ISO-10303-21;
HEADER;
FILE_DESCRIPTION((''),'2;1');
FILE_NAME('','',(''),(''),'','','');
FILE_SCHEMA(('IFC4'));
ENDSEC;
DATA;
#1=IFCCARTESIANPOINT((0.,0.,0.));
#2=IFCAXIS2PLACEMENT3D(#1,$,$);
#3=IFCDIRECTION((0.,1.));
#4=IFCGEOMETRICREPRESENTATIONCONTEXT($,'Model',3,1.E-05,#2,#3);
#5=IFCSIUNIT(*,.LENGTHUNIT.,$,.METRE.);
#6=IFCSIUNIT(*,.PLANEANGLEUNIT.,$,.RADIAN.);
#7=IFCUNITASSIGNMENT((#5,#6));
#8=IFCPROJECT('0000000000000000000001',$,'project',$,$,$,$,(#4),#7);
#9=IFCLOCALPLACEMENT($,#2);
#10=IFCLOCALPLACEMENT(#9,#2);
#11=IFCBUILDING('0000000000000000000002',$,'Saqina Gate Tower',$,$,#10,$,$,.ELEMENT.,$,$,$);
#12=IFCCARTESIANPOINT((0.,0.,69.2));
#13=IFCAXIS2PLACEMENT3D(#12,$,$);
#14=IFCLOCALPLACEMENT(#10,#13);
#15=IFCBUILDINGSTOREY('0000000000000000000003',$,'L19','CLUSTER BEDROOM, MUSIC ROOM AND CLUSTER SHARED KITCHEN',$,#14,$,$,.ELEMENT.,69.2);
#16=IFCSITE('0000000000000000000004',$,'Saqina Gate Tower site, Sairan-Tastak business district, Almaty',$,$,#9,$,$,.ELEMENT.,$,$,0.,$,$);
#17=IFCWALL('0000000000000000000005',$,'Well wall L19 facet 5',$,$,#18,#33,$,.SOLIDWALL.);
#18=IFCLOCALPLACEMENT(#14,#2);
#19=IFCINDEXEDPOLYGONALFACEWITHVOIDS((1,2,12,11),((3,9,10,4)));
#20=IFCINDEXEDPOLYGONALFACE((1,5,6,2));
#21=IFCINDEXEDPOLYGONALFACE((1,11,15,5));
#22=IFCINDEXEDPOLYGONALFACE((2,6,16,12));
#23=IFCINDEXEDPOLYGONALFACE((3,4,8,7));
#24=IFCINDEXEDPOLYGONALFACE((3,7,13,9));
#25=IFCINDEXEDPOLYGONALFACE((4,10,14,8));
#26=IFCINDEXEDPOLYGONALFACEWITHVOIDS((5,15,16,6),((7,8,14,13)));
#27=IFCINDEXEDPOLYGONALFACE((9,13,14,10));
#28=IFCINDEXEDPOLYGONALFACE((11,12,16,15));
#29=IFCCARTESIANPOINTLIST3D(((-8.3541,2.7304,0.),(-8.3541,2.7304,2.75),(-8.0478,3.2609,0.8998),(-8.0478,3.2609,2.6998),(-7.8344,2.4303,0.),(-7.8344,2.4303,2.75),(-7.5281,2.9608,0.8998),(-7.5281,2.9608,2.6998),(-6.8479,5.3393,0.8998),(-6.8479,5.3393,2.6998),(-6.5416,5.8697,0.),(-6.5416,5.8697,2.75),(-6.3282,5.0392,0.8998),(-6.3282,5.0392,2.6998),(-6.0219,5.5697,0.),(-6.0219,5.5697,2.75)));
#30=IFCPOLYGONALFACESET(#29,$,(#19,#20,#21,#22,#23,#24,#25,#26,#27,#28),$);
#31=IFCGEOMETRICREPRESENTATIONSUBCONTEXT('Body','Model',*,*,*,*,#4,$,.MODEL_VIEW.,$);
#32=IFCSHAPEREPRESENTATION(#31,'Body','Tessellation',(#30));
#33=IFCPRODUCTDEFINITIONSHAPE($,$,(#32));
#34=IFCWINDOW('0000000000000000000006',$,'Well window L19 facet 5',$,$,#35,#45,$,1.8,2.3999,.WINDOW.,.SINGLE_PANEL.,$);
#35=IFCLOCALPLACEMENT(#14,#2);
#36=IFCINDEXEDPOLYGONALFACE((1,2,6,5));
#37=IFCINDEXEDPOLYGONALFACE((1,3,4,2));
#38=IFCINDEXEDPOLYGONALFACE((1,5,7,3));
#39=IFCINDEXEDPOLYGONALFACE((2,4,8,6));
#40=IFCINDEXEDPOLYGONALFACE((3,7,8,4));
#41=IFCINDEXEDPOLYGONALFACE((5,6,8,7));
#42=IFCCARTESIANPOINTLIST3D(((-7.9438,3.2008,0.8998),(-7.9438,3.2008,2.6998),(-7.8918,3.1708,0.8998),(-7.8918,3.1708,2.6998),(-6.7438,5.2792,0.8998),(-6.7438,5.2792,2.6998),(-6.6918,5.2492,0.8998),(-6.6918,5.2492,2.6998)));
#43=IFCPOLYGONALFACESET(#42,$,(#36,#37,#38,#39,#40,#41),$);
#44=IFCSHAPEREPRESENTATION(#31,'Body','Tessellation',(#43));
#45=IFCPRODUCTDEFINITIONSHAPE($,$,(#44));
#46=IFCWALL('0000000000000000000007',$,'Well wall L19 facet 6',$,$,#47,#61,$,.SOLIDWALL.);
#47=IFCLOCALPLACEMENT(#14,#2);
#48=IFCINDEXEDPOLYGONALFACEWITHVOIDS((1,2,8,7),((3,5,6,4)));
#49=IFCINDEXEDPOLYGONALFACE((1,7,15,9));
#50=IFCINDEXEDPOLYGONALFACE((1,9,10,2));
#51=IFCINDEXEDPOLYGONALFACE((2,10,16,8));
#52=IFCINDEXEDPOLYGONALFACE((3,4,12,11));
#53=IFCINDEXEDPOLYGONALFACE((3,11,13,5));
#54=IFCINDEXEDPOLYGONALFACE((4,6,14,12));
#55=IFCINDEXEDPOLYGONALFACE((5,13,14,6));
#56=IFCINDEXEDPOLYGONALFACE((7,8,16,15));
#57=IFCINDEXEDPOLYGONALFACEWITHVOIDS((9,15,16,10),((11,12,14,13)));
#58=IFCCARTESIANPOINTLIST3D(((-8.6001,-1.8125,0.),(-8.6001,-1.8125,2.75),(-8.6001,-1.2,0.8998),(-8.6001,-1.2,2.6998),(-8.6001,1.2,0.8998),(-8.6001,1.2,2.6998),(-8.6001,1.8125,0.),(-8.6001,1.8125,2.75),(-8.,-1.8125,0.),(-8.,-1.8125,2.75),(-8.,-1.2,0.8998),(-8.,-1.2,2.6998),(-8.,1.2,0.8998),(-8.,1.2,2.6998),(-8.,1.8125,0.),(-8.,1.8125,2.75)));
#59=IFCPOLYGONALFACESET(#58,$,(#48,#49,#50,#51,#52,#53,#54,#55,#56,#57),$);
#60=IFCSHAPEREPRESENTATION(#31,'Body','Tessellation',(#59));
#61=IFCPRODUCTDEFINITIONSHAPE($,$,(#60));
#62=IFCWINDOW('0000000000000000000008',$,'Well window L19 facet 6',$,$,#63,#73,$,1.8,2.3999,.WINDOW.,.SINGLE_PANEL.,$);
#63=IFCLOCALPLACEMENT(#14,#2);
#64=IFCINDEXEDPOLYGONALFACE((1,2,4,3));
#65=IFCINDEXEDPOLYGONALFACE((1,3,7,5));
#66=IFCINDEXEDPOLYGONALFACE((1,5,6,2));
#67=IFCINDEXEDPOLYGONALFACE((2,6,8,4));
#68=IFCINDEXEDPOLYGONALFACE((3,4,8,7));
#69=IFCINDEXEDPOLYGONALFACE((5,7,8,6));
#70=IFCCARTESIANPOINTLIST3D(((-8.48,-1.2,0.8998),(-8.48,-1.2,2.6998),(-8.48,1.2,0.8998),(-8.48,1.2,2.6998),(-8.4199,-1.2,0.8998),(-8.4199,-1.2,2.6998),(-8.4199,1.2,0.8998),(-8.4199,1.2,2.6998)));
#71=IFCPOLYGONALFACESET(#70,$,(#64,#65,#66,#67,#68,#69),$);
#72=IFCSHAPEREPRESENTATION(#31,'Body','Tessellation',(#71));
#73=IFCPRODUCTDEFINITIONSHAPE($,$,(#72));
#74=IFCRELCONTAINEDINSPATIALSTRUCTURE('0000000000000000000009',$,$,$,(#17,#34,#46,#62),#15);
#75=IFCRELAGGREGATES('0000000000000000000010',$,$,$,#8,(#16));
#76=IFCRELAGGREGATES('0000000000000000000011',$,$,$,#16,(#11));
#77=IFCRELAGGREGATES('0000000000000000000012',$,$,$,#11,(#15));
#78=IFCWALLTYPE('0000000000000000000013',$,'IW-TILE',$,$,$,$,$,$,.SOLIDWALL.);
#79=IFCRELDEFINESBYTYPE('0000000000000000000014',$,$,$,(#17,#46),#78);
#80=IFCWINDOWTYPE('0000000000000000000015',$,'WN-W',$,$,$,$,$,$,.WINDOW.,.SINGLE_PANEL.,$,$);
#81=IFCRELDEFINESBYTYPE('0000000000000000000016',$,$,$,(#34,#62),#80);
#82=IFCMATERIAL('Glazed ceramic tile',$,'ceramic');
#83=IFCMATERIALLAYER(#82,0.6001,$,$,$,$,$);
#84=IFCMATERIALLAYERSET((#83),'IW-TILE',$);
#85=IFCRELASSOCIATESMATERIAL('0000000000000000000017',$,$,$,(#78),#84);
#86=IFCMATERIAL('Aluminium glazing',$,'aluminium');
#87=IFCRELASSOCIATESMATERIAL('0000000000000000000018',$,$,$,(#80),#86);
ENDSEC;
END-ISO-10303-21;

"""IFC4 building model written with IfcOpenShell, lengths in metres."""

from ifc_helpers import new_model, si_unit, direction, frame, frame_2d, origin, place, context, subcontext, project, spatial, rectangle, extrude, material, layer, layer_set, type_object, element, fill, save


model = new_model("IFC4")

# Units and contexts
model_context = context("Model", 3, precision=1e-05, world=origin(), true_north=direction((0.0, 1.0)))
body_context = subcontext(model_context, "Body", "Model", "MODEL_VIEW")
ifc_project = project(units=[si_unit("LENGTHUNIT", "METRE"), si_unit("PLANEANGLEUNIT", "RADIAN")], contexts=[model_context])

# Site, building, storey
site_placement = place(None, origin())
site = spatial("IfcSite", under=ifc_project, at=site_placement, Name="Saqina Gate Tower site, Sairan-Tastak business district, Almaty", CompositionType="ELEMENT", RefElevation=0.0)
building_placement = place(site_placement, origin())
building = spatial("IfcBuilding", under=site, at=building_placement, Name="Saqina Gate Tower", CompositionType="ELEMENT")
storey_placement = place(building_placement, frame((0.0, 0.0, 69.2)))
storey = spatial("IfcBuildingStorey", under=building, at=storey_placement, Name="L19", Description="CLUSTER BEDROOM, MUSIC ROOM AND CLUSTER SHARED KITCHEN", CompositionType="ELEMENT", Elevation=69.2)

# Walls, openings, windows
ifc_material_1 = material(Name="Glazed ceramic tile", Category="ceramic")
ifc_layer = layer(ifc_material_1, 0.6001)
ifc_layer_set = layer_set([ifc_layer], Name="IW-TILE")
wall_type_1 = type_object("IfcWallType", Name="IW-TILE", PredefinedType="SOLIDWALL", material=ifc_layer_set)
wall_1_placement = place(storey_placement, frame((-6.2817, 5.7197, 0.0), z_axis=(0.0, 0.0, 1.0), x_axis=(-0.499993, -0.86603, 0.0)))
wall_1 = element("IfcWall", 1, at=wall_1_placement, inside=storey, type_object=wall_type_1, Name="Well wall L19 facet 5", PredefinedType="SOLIDWALL", context=body_context, shape_type="SweptSolid", body=[
    extrude(rectangle(XDim=3.625, YDim=0.6001, at=frame_2d((1.8125, 0.0))), origin(), (0.0, 0.0, 1.0), 2.75),
])
opening_1_placement = place(wall_1_placement, frame((0.6125, 0.0, 0.8999)))
opening_1 = element("IfcOpeningElement", 2, at=opening_1_placement, cuts=wall_1, PredefinedType="OPENING", context=body_context, shape_type="SweptSolid", body=[
    extrude(rectangle(XDim=2.3999, YDim=1.8, at=frame_2d((1.2, 0.8999))), frame((0.0, 0.312, 0.0), z_axis=(0.0, -1.0, 0.0), x_axis=(1.0, 0.0, 0.0)), (0.0, 0.0, 1.0), 0.624),
])
ifc_material_2 = material(Name="Aluminium glazing", Category="aluminium")
window_type = type_object("IfcWindowType", Name="WN-W", PartitioningType="SINGLE_PANEL", PredefinedType="WINDOW", material=ifc_material_2)
window_1_placement = place(opening_1_placement, origin())
window_1 = element("IfcWindow", 3, at=window_1_placement, inside=storey, type_object=window_type, Name="Well window L19 facet 5", OverallHeight=1.8, OverallWidth=2.3999, PartitioningType="SINGLE_PANEL", PredefinedType="WINDOW", context=body_context, shape_type="SweptSolid", body=[
    extrude(rectangle(XDim=2.3999, YDim=1.8, at=frame_2d((1.2, 0.8999))), frame((0.0, -0.1199, 0.0), z_axis=(0.0, -1.0, 0.0), x_axis=(1.0, 0.0, 0.0)), (0.0, 0.0, 1.0), 0.0601),
])
fill(opening_1, window_1)
wall_2_placement = place(storey_placement, frame((-8.3, 1.8125, 0.0), z_axis=(0.0, 0.0, 1.0), x_axis=(0.0, -1.0, 0.0)))
wall_2 = element("IfcWall", 4, at=wall_2_placement, inside=storey, type_object=wall_type_1, Name="Well wall L19 facet 6", PredefinedType="SOLIDWALL", context=body_context, shape_type="SweptSolid", body=[
    extrude(rectangle(XDim=3.625, YDim=0.6001, at=frame_2d((1.8125, 0.0))), origin(), (0.0, 0.0, 1.0), 2.75),
])
opening_2_placement = place(wall_2_placement, frame((0.6125, 0.0, 0.8999)))
opening_2 = element("IfcOpeningElement", 5, at=opening_2_placement, cuts=wall_2, PredefinedType="OPENING", context=body_context, shape_type="SweptSolid", body=[
    extrude(rectangle(XDim=2.3999, YDim=1.8, at=frame_2d((1.2, 0.8999))), frame((0.0, 0.312, 0.0), z_axis=(0.0, -1.0, 0.0), x_axis=(1.0, 0.0, 0.0)), (0.0, 0.0, 1.0), 0.624),
])
window_2_placement = place(opening_2_placement, origin())
window_2 = element("IfcWindow", 6, at=window_2_placement, inside=storey, type_object=window_type, Name="Well window L19 facet 6", OverallHeight=1.8, OverallWidth=2.3999, PartitioningType="SINGLE_PANEL", PredefinedType="WINDOW", context=body_context, shape_type="SweptSolid", body=[
    extrude(rectangle(XDim=2.3999, YDim=1.8, at=frame_2d((1.2, 0.8999))), frame((0.0, -0.1199, 0.0), z_axis=(0.0, -1.0, 0.0), x_axis=(1.0, 0.0, 0.0)), (0.0, 0.0, 1.0), 0.0601),
])
fill(opening_2, window_2)

save(model, "model.ifc")
